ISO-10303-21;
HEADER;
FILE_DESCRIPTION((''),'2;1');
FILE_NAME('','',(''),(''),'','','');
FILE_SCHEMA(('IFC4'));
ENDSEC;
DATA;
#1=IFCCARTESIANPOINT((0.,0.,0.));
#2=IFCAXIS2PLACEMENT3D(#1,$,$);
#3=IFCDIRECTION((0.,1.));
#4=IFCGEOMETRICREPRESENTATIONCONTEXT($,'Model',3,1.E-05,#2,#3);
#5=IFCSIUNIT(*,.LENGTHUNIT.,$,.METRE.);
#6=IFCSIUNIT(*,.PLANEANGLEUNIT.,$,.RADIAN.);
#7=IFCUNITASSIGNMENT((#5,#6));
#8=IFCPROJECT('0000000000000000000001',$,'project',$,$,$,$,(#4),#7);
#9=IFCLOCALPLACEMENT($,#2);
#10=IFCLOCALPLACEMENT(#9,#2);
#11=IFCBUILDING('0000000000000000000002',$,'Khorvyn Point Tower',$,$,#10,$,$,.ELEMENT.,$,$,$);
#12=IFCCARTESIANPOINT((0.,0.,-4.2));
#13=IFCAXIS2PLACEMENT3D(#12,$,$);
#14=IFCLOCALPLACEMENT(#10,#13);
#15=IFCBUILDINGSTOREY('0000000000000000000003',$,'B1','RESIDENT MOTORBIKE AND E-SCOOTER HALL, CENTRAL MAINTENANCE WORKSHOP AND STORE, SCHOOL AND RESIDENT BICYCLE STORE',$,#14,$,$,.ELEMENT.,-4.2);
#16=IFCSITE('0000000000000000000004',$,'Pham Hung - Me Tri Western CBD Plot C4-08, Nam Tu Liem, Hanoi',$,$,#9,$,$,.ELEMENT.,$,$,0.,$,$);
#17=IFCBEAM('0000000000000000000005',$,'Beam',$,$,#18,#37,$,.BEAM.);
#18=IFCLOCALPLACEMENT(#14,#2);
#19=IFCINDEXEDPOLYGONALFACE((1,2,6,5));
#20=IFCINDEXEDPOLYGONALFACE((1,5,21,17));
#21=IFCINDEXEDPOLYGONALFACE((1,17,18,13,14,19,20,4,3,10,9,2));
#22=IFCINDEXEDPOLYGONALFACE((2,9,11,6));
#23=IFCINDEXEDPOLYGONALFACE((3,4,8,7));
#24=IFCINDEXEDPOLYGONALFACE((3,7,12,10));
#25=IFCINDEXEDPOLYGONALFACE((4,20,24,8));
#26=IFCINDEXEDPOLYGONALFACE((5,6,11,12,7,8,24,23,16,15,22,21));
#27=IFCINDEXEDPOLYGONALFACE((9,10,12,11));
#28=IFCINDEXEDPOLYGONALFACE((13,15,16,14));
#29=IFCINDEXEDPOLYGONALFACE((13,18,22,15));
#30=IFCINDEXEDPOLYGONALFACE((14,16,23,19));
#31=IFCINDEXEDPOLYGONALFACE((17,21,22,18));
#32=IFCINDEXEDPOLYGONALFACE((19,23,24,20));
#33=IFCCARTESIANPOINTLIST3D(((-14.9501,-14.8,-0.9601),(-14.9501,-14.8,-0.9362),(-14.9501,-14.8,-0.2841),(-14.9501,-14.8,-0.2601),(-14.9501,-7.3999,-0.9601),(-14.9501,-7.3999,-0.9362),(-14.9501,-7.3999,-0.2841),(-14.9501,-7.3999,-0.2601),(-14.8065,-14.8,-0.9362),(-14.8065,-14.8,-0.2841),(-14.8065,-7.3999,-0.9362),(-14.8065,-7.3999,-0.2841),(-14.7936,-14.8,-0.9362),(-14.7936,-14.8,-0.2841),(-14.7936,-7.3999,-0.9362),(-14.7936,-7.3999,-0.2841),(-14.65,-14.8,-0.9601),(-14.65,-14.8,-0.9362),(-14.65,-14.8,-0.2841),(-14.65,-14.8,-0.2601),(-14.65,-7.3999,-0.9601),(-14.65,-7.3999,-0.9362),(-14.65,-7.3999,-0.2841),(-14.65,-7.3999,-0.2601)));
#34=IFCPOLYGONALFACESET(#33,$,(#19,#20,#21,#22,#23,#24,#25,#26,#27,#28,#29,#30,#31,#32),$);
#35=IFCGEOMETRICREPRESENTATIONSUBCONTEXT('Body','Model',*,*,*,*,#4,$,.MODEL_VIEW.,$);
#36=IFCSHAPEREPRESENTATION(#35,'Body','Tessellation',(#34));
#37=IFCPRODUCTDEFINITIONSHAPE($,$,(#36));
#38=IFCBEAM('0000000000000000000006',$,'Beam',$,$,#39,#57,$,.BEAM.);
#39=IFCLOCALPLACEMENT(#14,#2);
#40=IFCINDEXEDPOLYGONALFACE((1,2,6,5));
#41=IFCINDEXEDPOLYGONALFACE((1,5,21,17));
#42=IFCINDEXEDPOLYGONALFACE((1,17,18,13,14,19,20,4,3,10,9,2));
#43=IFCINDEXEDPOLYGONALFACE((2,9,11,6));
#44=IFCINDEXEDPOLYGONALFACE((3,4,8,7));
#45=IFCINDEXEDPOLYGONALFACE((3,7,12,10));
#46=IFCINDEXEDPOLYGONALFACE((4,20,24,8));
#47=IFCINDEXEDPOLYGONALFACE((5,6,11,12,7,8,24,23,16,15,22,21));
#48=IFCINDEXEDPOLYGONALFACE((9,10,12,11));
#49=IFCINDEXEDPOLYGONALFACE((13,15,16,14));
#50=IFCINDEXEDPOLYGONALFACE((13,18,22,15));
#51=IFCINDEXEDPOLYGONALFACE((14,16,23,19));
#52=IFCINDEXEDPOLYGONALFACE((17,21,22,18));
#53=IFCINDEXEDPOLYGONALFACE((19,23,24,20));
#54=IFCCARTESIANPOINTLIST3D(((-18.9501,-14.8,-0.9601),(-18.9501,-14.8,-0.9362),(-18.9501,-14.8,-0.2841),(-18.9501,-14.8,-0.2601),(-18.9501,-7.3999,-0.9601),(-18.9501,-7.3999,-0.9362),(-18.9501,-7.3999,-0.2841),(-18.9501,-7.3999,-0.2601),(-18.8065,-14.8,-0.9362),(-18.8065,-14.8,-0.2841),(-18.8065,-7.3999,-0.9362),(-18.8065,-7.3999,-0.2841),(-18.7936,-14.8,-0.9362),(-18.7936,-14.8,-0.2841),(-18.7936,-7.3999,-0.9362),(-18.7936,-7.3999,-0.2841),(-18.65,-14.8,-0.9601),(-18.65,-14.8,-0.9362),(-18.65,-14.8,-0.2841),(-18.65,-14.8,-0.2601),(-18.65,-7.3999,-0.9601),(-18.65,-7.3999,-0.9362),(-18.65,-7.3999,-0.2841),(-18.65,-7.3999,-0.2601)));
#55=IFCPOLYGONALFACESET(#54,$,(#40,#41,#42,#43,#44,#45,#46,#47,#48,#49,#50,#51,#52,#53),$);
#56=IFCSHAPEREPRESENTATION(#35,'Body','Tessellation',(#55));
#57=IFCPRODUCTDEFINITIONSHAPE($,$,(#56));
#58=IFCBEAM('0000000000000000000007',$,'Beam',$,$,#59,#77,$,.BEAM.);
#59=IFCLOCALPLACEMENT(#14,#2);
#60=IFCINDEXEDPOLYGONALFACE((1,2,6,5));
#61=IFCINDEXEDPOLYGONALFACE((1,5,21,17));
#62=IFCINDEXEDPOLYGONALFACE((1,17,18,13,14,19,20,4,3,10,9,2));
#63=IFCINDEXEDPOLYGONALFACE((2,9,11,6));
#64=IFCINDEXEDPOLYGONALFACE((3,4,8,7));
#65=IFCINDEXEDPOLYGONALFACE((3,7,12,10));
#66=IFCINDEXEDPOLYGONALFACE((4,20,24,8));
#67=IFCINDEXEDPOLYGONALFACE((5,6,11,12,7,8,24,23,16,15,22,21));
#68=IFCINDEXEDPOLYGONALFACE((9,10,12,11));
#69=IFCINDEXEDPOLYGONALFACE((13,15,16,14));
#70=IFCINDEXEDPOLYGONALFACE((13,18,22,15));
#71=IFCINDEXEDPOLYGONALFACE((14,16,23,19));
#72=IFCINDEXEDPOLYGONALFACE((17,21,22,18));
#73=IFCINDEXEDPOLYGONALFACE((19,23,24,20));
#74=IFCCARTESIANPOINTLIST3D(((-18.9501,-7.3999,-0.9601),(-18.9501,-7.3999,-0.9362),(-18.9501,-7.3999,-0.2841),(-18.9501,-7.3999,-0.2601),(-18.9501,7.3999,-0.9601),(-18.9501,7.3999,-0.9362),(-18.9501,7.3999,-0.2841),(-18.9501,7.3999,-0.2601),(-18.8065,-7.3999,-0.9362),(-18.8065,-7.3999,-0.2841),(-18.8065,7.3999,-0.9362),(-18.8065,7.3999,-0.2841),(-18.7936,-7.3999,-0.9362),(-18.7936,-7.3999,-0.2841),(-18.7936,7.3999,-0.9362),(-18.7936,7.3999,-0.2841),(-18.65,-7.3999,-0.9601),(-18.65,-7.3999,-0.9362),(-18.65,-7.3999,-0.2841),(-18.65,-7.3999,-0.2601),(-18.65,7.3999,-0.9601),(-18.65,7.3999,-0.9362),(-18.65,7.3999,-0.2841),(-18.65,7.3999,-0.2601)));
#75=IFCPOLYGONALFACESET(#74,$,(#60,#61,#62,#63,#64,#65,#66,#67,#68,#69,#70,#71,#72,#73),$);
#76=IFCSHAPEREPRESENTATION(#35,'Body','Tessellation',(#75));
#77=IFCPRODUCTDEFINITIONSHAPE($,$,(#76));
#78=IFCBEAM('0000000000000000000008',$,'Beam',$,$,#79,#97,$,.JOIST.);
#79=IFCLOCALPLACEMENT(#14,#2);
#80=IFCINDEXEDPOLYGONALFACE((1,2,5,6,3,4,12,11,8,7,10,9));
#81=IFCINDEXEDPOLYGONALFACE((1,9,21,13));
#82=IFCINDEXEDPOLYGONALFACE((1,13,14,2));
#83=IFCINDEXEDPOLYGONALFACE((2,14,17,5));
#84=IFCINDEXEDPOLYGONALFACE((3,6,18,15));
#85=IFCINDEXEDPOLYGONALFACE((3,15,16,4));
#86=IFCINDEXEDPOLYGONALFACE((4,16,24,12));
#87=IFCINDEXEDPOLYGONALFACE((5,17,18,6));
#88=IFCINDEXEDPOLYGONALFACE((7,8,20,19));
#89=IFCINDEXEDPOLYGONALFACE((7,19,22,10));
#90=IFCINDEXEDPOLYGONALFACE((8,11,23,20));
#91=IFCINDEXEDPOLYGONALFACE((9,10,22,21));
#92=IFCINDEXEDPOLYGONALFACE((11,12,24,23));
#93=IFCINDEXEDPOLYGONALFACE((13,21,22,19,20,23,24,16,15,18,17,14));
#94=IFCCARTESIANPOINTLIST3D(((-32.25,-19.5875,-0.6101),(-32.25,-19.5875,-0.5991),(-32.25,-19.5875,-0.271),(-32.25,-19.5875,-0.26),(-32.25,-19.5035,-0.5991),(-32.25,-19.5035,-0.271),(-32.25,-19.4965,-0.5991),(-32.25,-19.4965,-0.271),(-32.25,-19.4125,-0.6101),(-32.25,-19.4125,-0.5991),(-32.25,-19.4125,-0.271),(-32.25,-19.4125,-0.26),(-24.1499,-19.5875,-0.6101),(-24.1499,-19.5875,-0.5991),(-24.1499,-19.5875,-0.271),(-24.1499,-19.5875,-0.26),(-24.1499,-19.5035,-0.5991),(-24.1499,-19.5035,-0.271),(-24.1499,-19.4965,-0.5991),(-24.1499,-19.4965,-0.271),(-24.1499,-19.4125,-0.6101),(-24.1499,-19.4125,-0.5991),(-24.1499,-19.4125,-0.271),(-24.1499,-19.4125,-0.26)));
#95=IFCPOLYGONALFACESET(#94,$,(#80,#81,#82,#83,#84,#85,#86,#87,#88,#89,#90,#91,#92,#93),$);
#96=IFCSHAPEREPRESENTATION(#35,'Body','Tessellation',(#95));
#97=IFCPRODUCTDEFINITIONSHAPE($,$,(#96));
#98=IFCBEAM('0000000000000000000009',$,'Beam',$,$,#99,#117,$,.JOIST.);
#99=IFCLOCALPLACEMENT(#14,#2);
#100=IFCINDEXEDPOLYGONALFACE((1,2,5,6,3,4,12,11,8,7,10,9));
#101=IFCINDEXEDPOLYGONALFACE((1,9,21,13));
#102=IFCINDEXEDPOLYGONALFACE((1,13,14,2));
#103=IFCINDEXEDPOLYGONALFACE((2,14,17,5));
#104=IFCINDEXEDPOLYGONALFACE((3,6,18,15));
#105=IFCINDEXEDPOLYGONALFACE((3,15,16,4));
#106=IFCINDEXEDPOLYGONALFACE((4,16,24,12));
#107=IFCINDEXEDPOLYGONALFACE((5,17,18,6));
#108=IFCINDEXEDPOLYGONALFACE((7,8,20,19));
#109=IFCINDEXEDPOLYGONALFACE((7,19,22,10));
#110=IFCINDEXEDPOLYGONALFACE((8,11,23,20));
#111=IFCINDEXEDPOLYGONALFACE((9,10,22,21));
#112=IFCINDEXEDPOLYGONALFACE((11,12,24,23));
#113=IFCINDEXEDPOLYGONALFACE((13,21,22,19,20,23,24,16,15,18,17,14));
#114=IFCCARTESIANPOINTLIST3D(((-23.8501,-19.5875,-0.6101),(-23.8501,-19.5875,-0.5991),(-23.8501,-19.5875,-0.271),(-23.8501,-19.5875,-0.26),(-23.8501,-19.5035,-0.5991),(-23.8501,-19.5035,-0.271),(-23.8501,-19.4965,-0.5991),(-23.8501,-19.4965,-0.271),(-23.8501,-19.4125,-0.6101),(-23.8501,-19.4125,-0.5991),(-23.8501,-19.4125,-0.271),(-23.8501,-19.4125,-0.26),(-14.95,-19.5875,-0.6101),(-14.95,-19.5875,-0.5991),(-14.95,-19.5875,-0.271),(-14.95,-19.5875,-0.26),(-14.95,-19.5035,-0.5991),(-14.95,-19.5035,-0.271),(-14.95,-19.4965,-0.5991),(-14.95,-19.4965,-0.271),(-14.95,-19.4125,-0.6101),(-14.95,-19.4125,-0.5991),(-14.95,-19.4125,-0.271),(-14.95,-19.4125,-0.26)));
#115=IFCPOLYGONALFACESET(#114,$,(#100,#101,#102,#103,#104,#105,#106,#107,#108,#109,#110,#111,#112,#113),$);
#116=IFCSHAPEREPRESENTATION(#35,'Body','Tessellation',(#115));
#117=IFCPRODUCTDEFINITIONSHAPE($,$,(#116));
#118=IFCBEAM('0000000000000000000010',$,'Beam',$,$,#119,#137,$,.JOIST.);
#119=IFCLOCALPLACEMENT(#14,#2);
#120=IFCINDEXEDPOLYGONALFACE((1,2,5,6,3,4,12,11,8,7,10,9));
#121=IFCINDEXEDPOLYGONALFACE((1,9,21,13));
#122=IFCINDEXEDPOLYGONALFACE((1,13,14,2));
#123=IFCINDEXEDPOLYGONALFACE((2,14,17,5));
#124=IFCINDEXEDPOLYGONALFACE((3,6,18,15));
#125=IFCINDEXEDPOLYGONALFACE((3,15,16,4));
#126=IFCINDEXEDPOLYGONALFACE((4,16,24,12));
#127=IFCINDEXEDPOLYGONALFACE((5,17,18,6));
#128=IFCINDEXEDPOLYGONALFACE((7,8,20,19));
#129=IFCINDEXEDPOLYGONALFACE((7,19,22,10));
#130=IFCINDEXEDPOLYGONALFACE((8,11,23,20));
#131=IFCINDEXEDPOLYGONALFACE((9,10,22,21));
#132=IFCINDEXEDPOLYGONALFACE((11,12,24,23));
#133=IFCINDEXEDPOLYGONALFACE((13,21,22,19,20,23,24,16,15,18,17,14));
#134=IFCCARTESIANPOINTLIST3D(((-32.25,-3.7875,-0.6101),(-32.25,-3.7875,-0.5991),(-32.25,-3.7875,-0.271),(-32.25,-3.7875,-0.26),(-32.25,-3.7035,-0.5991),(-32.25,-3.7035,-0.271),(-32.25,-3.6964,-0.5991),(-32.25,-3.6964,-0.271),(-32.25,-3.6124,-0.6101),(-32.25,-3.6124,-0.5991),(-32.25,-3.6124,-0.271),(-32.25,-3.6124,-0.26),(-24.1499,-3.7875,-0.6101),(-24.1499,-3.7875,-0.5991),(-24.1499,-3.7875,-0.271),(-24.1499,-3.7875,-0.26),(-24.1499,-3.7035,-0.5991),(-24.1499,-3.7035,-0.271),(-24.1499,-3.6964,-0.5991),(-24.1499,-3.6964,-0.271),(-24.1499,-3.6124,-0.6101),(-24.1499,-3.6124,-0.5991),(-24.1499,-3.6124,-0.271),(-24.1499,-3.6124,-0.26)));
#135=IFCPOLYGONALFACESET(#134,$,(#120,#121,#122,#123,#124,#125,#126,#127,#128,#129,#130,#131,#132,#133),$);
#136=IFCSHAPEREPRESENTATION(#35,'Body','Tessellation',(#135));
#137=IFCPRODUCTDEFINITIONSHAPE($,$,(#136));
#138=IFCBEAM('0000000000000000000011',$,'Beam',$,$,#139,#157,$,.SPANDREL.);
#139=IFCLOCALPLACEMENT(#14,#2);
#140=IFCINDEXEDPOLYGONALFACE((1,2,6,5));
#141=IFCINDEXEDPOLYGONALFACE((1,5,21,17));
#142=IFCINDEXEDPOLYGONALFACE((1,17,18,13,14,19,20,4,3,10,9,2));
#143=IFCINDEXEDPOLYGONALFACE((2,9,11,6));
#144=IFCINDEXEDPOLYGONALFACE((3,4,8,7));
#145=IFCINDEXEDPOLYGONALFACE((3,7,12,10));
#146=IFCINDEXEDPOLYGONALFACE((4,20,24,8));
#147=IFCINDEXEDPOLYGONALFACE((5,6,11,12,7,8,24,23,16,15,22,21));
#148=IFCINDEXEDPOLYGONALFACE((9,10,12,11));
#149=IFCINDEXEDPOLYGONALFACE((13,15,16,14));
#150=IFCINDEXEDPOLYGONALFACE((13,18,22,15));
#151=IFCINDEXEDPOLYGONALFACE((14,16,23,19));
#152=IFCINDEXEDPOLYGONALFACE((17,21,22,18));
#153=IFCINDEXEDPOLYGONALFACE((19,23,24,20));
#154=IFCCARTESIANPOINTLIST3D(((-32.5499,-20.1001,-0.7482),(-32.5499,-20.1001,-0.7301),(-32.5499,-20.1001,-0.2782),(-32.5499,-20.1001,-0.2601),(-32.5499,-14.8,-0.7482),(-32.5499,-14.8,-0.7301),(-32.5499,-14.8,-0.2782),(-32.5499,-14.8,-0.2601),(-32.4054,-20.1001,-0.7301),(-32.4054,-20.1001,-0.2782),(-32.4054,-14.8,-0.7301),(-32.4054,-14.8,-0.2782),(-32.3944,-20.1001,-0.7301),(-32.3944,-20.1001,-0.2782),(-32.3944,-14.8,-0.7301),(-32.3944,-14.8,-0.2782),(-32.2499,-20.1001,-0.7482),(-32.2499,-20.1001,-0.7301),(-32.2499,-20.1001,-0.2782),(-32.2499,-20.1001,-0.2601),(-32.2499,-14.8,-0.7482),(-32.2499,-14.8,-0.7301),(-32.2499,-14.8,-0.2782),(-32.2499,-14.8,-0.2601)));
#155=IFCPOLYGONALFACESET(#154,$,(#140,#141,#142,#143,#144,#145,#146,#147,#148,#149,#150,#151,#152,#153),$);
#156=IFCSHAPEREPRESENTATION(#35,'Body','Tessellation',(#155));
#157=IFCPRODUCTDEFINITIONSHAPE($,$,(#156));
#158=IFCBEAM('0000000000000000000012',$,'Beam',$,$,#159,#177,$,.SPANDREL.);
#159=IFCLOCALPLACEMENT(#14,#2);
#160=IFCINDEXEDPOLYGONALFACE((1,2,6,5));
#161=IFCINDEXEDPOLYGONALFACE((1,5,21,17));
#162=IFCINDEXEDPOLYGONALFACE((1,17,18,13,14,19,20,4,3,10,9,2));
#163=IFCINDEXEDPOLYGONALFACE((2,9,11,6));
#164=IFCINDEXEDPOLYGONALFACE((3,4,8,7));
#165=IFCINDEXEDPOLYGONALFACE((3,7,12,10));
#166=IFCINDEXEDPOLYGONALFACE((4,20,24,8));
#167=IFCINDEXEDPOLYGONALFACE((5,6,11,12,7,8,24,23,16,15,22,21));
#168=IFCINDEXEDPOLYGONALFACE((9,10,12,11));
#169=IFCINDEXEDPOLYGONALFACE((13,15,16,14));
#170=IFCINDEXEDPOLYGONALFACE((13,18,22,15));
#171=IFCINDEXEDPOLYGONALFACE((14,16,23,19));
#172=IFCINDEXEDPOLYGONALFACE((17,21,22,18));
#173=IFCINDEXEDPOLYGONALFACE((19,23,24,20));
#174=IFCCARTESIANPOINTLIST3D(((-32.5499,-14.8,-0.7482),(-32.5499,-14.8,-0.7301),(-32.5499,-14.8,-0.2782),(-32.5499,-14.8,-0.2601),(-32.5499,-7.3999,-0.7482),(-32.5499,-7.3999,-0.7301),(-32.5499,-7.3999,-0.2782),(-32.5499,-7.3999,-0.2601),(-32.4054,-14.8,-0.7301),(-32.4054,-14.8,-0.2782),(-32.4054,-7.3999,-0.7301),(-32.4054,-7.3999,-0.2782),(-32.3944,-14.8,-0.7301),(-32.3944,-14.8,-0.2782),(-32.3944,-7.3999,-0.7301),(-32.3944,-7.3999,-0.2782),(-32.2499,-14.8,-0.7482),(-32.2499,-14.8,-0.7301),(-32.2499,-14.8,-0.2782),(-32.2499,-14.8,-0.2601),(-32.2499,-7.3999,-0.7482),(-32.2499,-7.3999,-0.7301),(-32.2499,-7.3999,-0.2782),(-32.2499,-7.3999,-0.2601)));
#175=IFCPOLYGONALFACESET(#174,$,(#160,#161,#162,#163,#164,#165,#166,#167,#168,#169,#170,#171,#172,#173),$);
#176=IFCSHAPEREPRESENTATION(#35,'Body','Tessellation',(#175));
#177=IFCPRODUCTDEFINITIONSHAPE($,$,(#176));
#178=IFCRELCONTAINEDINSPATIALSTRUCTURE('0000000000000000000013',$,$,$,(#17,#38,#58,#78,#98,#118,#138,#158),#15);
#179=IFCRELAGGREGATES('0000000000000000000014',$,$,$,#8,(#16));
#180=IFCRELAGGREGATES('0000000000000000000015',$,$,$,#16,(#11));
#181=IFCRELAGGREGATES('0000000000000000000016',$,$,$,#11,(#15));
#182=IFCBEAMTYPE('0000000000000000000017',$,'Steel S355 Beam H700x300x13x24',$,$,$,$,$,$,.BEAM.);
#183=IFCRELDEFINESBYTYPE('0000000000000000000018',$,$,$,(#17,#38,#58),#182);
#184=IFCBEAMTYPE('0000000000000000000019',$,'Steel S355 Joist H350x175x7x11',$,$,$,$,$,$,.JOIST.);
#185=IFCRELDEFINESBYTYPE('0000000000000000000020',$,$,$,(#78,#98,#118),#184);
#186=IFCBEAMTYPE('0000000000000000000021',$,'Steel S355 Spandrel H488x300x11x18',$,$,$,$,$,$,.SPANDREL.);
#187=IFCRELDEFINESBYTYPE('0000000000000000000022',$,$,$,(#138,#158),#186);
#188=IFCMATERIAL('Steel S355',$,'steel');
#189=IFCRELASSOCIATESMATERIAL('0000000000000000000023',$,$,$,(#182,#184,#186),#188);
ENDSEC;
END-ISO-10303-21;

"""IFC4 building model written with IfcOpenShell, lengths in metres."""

from ifc_helpers import new_model, si_unit, direction, frame, origin, origin_2d, place, context, subcontext, project, spatial, i_section, extrude, material, material_profile, profile_set, type_object, element, save


model = new_model("IFC4")

# Units and contexts
model_context = context("Model", 3, precision=1e-05, world=origin(), true_north=direction((0.0, 1.0)))
body_context = subcontext(model_context, "Body", "Model", "MODEL_VIEW")
ifc_project = project(units=[si_unit("LENGTHUNIT", "METRE"), si_unit("PLANEANGLEUNIT", "RADIAN")], contexts=[model_context])

# Site, building, storey
site_placement = place(None, origin())
site = spatial("IfcSite", under=ifc_project, at=site_placement, Name="Pham Hung - Me Tri Western CBD Plot C4-08, Nam Tu Liem, Hanoi", CompositionType="ELEMENT", RefElevation=0.0)
building_placement = place(site_placement, origin())
building = spatial("IfcBuilding", under=site, at=building_placement, Name="Khorvyn Point Tower", CompositionType="ELEMENT")
storey_placement = place(building_placement, frame((0.0, 0.0, -4.2)))
storey = spatial("IfcBuildingStorey", under=building, at=storey_placement, Name="B1", Description="RESIDENT MOTORBIKE AND E-SCOOTER HALL, CENTRAL MAINTENANCE WORKSHOP AND STORE, SCHOOL AND RESIDENT BICYCLE STORE", CompositionType="ELEMENT", Elevation=-4.2)

# Beams
ifc_material_1 = material(Name="Steel S355", Category="steel")
ifc_material_profile_1 = material_profile(ifc_material_1, i_section(OverallWidth=0.3, OverallDepth=0.7, WebThickness=0.0129, FlangeThickness=0.0239, at=origin_2d()))
ifc_profile_set_1 = profile_set([ifc_material_profile_1], Name="Steel S355 H700x300x13x24")
beam_type_1 = type_object("IfcBeamType", Name="Steel S355 Beam H700x300x13x24", PredefinedType="BEAM", material=ifc_profile_set_1)
for number, where, z_axis, x_axis, name in (
    (1, (-14.8, -14.8, -0.6101), (0.0, 1.0, 0.0), (-1.0, 0.0, 0.0), "Beam"),
    (2, (-18.8, -14.8, -0.6101), (0.0, 1.0, 0.0), (-1.0, 0.0, 0.0), "Beam"),
):
    element("IfcBeam", number, at=place(storey_placement, frame(where, z_axis=z_axis, x_axis=x_axis)), inside=storey, type_object=beam_type_1, Name=name, PredefinedType="BEAM", context=body_context, shape_type="SweptSolid", body=[
        extrude(i_section(OverallWidth=0.3, OverallDepth=0.7, WebThickness=0.0129, FlangeThickness=0.0239, at=origin_2d()), origin(), (0.0, 0.0, 1.0), 7.4001),
    ])
beam_1_placement = place(storey_placement, frame((-18.8, -7.3999, -0.6101), z_axis=(0.0, 1.0, 0.0), x_axis=(-1.0, 0.0, 0.0)))
element("IfcBeam", 3, at=beam_1_placement, inside=storey, type_object=beam_type_1, Name="Beam", PredefinedType="BEAM", context=body_context, shape_type="SweptSolid", body=[
    extrude(i_section(OverallWidth=0.3, OverallDepth=0.7, WebThickness=0.0129, FlangeThickness=0.0239, at=origin_2d()), origin(), (0.0, 0.0, 1.0), 14.7998),
])
ifc_material_profile_2 = material_profile(ifc_material_1, i_section(OverallWidth=0.175, OverallDepth=0.3501, WebThickness=0.0071, FlangeThickness=0.011, at=origin_2d()))
ifc_profile_set_2 = profile_set([ifc_material_profile_2], Name="Steel S355 H350x175x7x11")
beam_type_2 = type_object("IfcBeamType", Name="Steel S355 Joist H350x175x7x11", PredefinedType="JOIST", material=ifc_profile_set_2)
beam_2_placement = place(storey_placement, frame((-32.25, -19.5, -0.4351), z_axis=(1.0, 0.0, 0.0), x_axis=(0.0, 1.0, 0.0)))
element("IfcBeam", 4, at=beam_2_placement, inside=storey, type_object=beam_type_2, Name="Beam", PredefinedType="JOIST", context=body_context, shape_type="SweptSolid", body=[
    extrude(i_section(OverallWidth=0.175, OverallDepth=0.3501, WebThickness=0.0071, FlangeThickness=0.011, at=origin_2d()), origin(), (0.0, 0.0, 1.0), 8.1001),
])
beam_3_placement = place(storey_placement, frame((-23.8501, -19.5, -0.4351), z_axis=(1.0, 0.0, 0.0), x_axis=(0.0, 1.0, 0.0)))
element("IfcBeam", 5, at=beam_3_placement, inside=storey, type_object=beam_type_2, Name="Beam", PredefinedType="JOIST", context=body_context, shape_type="SweptSolid", body=[
    extrude(i_section(OverallWidth=0.175, OverallDepth=0.3501, WebThickness=0.0071, FlangeThickness=0.011, at=origin_2d()), origin(), (0.0, 0.0, 1.0), 8.9001),
])
beam_4_placement = place(storey_placement, frame((-32.25, -3.7, -0.4351), z_axis=(1.0, 0.0, 0.0), x_axis=(0.0, 1.0, 0.0)))
element("IfcBeam", 6, at=beam_4_placement, inside=storey, type_object=beam_type_2, Name="Beam", PredefinedType="JOIST", context=body_context, shape_type="SweptSolid", body=[
    extrude(i_section(OverallWidth=0.175, OverallDepth=0.3501, WebThickness=0.0071, FlangeThickness=0.011, at=origin_2d()), origin(), (0.0, 0.0, 1.0), 8.1001),
])
ifc_material_profile_3 = material_profile(ifc_material_1, i_section(OverallWidth=0.3, OverallDepth=0.488, WebThickness=0.011, FlangeThickness=0.0181, at=origin_2d()))
ifc_profile_set_3 = profile_set([ifc_material_profile_3], Name="Steel S355 H488x300x11x18")
beam_type_3 = type_object("IfcBeamType", Name="Steel S355 Spandrel H488x300x11x18", PredefinedType="SPANDREL", material=ifc_profile_set_3)
beam_5_placement = place(storey_placement, frame((-32.3999, -20.1001, -0.5042), z_axis=(0.0, 1.0, 0.0), x_axis=(-1.0, 0.0, 0.0)))
element("IfcBeam", 7, at=beam_5_placement, inside=storey, type_object=beam_type_3, Name="Beam", PredefinedType="SPANDREL", context=body_context, shape_type="SweptSolid", body=[
    extrude(i_section(OverallWidth=0.3, OverallDepth=0.488, WebThickness=0.011, FlangeThickness=0.0181, at=origin_2d()), origin(), (0.0, 0.0, 1.0), 5.3),
])
beam_6_placement = place(storey_placement, frame((-32.3999, -14.8, -0.5042), z_axis=(0.0, 1.0, 0.0), x_axis=(-1.0, 0.0, 0.0)))
element("IfcBeam", 8, at=beam_6_placement, inside=storey, type_object=beam_type_3, Name="Beam", PredefinedType="SPANDREL", context=body_context, shape_type="SweptSolid", body=[
    extrude(i_section(OverallWidth=0.3, OverallDepth=0.488, WebThickness=0.011, FlangeThickness=0.0181, at=origin_2d()), origin(), (0.0, 0.0, 1.0), 7.4001),
])

save(model, "model.ifc")
